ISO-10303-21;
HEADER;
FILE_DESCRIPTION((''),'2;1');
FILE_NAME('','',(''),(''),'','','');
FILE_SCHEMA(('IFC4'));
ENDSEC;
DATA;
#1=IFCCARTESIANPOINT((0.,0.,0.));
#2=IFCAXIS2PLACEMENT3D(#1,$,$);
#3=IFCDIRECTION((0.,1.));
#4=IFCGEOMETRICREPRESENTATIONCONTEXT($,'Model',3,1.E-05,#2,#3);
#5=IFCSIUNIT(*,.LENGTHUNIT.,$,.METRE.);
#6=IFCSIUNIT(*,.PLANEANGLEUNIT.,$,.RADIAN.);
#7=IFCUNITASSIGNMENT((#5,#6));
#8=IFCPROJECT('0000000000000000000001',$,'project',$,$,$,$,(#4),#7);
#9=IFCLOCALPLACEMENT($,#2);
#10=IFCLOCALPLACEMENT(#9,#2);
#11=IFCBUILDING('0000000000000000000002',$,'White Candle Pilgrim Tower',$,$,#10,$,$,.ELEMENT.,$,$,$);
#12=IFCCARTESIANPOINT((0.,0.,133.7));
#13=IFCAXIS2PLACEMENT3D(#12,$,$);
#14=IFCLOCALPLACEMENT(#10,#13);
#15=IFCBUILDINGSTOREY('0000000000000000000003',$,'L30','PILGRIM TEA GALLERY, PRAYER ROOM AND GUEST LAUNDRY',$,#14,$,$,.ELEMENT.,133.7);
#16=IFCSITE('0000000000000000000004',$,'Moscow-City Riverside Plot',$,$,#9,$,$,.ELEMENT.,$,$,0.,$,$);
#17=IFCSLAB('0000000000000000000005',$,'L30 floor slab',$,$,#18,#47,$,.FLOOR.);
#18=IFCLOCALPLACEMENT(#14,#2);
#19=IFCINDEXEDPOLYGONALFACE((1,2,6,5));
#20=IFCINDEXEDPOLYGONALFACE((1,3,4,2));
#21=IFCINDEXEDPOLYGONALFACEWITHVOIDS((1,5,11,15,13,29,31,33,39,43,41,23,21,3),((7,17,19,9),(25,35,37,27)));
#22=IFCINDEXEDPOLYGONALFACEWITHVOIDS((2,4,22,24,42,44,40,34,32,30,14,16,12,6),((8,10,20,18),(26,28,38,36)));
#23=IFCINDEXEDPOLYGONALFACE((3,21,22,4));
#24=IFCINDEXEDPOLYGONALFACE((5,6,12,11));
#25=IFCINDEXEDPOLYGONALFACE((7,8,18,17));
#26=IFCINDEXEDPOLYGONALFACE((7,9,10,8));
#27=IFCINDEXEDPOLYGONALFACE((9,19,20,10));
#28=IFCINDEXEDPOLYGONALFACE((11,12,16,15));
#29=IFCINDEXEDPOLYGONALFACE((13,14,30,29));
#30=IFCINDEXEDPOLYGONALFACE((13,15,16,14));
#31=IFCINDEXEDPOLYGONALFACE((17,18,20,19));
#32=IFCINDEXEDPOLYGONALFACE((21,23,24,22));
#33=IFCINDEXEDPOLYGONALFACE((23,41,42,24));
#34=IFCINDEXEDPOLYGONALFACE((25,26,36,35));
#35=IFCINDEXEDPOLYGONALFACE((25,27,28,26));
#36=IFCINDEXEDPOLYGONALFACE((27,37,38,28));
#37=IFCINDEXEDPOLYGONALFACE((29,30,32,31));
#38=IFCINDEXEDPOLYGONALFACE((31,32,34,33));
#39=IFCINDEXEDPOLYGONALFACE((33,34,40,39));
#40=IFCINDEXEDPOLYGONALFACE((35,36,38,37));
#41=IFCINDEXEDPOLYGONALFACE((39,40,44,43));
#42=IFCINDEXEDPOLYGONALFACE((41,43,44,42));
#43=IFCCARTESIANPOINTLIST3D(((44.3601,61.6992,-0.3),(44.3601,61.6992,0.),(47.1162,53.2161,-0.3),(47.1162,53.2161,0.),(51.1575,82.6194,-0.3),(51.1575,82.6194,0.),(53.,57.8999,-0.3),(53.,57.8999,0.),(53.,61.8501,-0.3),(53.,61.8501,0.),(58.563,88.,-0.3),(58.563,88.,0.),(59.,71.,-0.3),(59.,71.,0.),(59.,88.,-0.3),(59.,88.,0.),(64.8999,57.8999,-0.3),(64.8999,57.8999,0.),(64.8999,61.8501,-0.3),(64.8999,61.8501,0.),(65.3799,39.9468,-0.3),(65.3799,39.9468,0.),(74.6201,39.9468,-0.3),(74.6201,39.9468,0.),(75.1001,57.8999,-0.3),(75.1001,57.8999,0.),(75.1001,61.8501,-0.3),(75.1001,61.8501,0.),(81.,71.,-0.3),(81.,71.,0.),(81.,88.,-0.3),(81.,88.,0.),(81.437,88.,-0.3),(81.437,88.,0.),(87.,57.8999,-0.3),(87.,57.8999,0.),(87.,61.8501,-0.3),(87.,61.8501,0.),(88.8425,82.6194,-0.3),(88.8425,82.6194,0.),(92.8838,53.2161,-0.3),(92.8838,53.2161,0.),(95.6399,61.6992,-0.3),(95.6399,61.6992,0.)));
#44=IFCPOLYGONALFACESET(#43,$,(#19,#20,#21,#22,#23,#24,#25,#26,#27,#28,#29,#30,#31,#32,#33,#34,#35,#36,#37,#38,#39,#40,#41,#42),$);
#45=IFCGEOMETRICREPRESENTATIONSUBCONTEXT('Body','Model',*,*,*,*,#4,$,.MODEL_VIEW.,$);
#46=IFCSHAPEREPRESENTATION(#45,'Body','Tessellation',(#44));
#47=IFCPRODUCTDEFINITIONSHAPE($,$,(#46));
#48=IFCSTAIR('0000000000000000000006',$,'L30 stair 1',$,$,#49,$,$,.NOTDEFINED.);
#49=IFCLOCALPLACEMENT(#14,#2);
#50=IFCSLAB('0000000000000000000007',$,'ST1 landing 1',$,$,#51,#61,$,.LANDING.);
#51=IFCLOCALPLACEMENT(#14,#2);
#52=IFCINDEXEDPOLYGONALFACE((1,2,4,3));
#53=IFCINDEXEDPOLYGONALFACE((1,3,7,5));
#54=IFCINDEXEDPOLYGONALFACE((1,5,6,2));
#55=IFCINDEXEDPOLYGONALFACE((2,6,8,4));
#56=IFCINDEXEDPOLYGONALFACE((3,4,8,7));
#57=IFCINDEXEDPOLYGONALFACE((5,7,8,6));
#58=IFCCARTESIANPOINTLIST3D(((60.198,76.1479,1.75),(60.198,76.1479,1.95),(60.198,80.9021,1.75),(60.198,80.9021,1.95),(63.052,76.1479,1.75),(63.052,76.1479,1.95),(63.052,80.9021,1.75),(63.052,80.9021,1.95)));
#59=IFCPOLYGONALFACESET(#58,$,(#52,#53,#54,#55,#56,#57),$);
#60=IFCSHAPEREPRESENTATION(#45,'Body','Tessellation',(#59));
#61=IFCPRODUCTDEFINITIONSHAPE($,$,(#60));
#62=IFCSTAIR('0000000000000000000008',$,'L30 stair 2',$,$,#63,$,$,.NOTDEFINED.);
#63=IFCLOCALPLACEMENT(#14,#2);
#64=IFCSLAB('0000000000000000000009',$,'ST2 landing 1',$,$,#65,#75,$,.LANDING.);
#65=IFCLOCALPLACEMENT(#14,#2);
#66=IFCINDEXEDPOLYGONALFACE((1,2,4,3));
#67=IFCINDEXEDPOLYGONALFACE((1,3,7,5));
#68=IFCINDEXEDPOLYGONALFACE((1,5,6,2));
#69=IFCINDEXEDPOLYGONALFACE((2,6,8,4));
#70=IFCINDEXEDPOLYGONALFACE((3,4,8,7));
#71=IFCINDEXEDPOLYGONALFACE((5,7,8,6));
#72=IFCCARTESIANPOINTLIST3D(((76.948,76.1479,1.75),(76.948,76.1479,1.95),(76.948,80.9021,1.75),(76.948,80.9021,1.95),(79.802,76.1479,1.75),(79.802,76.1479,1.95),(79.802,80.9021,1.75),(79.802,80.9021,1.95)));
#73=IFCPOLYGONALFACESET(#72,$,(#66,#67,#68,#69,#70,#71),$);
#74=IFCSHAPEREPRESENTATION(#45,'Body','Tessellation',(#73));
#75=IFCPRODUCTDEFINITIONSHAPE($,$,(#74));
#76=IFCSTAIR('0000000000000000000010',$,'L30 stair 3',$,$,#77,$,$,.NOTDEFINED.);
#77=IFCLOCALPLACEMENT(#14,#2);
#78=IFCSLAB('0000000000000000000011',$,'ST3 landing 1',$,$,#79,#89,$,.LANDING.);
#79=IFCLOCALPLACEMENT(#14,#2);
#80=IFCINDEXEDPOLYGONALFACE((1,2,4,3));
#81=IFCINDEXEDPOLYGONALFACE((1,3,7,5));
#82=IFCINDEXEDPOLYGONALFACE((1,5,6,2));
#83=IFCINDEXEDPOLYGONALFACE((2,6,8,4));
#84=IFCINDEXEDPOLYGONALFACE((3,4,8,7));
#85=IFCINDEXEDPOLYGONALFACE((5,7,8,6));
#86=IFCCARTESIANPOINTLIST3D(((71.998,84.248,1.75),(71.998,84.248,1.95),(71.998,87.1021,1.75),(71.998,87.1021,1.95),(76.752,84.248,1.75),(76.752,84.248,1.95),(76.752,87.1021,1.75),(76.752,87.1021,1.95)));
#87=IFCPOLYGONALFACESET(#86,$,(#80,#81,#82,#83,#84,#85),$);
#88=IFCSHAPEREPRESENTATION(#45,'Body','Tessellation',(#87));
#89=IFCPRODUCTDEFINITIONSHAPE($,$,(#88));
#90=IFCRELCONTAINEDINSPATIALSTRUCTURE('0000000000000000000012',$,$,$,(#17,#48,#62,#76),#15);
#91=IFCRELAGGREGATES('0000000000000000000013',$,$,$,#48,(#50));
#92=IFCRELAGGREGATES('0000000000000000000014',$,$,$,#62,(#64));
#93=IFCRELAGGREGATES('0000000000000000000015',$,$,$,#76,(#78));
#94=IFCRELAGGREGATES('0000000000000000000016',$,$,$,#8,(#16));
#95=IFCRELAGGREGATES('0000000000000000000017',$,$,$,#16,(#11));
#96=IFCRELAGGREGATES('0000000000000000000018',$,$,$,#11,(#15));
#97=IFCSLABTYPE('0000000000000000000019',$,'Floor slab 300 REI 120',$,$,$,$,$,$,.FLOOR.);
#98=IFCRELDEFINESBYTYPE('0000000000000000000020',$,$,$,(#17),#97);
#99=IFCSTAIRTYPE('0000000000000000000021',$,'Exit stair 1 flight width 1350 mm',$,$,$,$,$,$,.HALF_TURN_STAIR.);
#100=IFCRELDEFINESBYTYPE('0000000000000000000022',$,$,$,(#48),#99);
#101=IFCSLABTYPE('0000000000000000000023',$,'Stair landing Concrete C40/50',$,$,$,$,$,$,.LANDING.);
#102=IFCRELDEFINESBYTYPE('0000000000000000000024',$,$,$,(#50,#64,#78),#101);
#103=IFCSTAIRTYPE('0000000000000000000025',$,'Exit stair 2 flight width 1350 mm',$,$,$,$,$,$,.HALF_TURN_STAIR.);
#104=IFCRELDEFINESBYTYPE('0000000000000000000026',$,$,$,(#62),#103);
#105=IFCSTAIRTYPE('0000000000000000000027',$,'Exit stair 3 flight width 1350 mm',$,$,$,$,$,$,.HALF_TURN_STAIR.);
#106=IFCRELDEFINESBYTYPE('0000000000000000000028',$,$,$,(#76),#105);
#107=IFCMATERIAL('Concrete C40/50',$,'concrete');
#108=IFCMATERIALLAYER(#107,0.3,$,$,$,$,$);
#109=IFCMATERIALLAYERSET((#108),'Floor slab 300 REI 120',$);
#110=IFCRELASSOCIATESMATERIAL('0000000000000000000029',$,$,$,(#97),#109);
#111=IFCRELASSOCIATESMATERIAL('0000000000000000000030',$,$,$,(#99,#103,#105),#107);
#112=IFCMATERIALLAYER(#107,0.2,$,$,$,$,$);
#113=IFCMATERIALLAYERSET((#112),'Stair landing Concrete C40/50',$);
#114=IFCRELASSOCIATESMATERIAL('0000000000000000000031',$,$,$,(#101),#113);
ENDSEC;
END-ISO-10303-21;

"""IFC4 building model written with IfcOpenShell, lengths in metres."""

from ifc_helpers import new_model, si_unit, direction, frame, origin, place, context, subcontext, project, spatial, polyline, outline, extrude, material, layer, layer_set, type_object, element, aggregate, save


model = new_model("IFC4")

# Units and contexts
model_context = context("Model", 3, precision=1e-05, world=origin(), true_north=direction((0.0, 1.0)))
body_context = subcontext(model_context, "Body", "Model", "MODEL_VIEW")
ifc_project = project(units=[si_unit("LENGTHUNIT", "METRE"), si_unit("PLANEANGLEUNIT", "RADIAN")], contexts=[model_context])

# Site, building, storey
site_placement = place(None, origin())
site = spatial("IfcSite", under=ifc_project, at=site_placement, Name="Moscow-City Riverside Plot", CompositionType="ELEMENT", RefElevation=0.0)
building_placement = place(site_placement, origin())
building = spatial("IfcBuilding", under=site, at=building_placement, Name="White Candle Pilgrim Tower", CompositionType="ELEMENT")
storey_placement = place(building_placement, frame((0.0, 0.0, 133.7)))
storey = spatial("IfcBuildingStorey", under=building, at=storey_placement, Name="L30", Description="PILGRIM TEA GALLERY, PRAYER ROOM AND GUEST LAUNDRY", CompositionType="ELEMENT", Elevation=133.7)

# Slab
ifc_material = material(Name="Concrete C40/50", Category="concrete")
ifc_layer_1 = layer(ifc_material, 0.3)
ifc_layer_set_1 = layer_set([ifc_layer_1], Name="Floor slab 300 REI 120")
slab_type_1 = type_object("IfcSlabType", Name="Floor slab 300 REI 120", PredefinedType="FLOOR", material=ifc_layer_set_1)
slab_1_placement = place(storey_placement, frame((0.0, 0.0, -0.3)))
element("IfcSlab", 1, at=slab_1_placement, inside=storey, type_object=slab_type_1, Name="L30 floor slab", PredefinedType="FLOOR", context=body_context, shape_type="SweptSolid", body=[
    extrude(outline(polyline([(65.3799, 39.9468), (74.6201, 39.9468), (92.8838, 53.2161), (95.6399, 61.6992), (88.8425, 82.6194), (81.437, 88.0), (81.0, 88.0), (81.0, 71.0), (59.0, 71.0), (59.0, 88.0), (58.563, 88.0), (51.1575, 82.6194), (44.3601, 61.6992), (47.1162, 53.2161), (65.3799, 39.9468)]), holes=[polyline([(53.0, 57.8999), (53.0, 61.8501), (64.8999, 61.8501), (64.8999, 57.8999), (53.0, 57.8999)]), polyline([(75.1001, 57.8999), (75.1001, 61.8501), (87.0, 61.8501), (87.0, 57.8999), (75.1001, 57.8999)])]), origin(), (0.0, 0.0, 1.0), 0.3),
])

# Stairs, slabs
stair_type_1 = type_object("IfcStairType", Name="Exit stair 1 flight width 1350 mm", PredefinedType="HALF_TURN_STAIR", material=ifc_material)
stair_1_placement = place(storey_placement, origin())
stair_1 = element("IfcStair", 2, at=stair_1_placement, inside=storey, type_object=stair_type_1, Name="L30 stair 1", PredefinedType="NOTDEFINED")
ifc_layer_2 = layer(ifc_material, 0.2)
ifc_layer_set_2 = layer_set([ifc_layer_2], Name="Stair landing Concrete C40/50")
slab_type_2 = type_object("IfcSlabType", Name="Stair landing Concrete C40/50", PredefinedType="LANDING", material=ifc_layer_set_2)
slab_2_placement = place(storey_placement, frame((0.0, 0.0, 1.75)))
slab_2 = element("IfcSlab", 3, at=slab_2_placement, type_object=slab_type_2, Name="ST1 landing 1", PredefinedType="LANDING", context=body_context, shape_type="SweptSolid", body=[
    extrude(outline(polyline([(63.052, 76.1479), (60.198, 76.1479), (60.198, 80.9021), (63.052, 80.9021), (63.052, 76.1479)])), origin(), (0.0, 0.0, 1.0), 0.2),
])
aggregate(stair_1, [slab_2])
stair_type_2 = type_object("IfcStairType", Name="Exit stair 2 flight width 1350 mm", PredefinedType="HALF_TURN_STAIR", material=ifc_material)
stair_2_placement = place(storey_placement, origin())
stair_2 = element("IfcStair", 4, at=stair_2_placement, inside=storey, type_object=stair_type_2, Name="L30 stair 2", PredefinedType="NOTDEFINED")
slab_3_placement = place(storey_placement, frame((0.0, 0.0, 1.75)))
slab_3 = element("IfcSlab", 5, at=slab_3_placement, type_object=slab_type_2, Name="ST2 landing 1", PredefinedType="LANDING", context=body_context, shape_type="SweptSolid", body=[
    extrude(outline(polyline([(79.802, 76.1479), (76.948, 76.1479), (76.948, 80.9021), (79.802, 80.9021), (79.802, 76.1479)])), origin(), (0.0, 0.0, 1.0), 0.2),
])
aggregate(stair_2, [slab_3])
stair_type_3 = type_object("IfcStairType", Name="Exit stair 3 flight width 1350 mm", PredefinedType="HALF_TURN_STAIR", material=ifc_material)
stair_3_placement = place(storey_placement, origin())
stair_3 = element("IfcStair", 6, at=stair_3_placement, inside=storey, type_object=stair_type_3, Name="L30 stair 3", PredefinedType="NOTDEFINED")
slab_4_placement = place(storey_placement, frame((0.0, 0.0, 1.75)))
slab_4 = element("IfcSlab", 7, at=slab_4_placement, type_object=slab_type_2, Name="ST3 landing 1", PredefinedType="LANDING", context=body_context, shape_type="SweptSolid", body=[
    extrude(outline(polyline([(71.998, 84.248), (71.998, 87.1021), (76.752, 87.1021), (76.752, 84.248), (71.998, 84.248)])), origin(), (0.0, 0.0, 1.0), 0.2),
])
aggregate(stair_3, [slab_4])

save(model, "model.ifc")
